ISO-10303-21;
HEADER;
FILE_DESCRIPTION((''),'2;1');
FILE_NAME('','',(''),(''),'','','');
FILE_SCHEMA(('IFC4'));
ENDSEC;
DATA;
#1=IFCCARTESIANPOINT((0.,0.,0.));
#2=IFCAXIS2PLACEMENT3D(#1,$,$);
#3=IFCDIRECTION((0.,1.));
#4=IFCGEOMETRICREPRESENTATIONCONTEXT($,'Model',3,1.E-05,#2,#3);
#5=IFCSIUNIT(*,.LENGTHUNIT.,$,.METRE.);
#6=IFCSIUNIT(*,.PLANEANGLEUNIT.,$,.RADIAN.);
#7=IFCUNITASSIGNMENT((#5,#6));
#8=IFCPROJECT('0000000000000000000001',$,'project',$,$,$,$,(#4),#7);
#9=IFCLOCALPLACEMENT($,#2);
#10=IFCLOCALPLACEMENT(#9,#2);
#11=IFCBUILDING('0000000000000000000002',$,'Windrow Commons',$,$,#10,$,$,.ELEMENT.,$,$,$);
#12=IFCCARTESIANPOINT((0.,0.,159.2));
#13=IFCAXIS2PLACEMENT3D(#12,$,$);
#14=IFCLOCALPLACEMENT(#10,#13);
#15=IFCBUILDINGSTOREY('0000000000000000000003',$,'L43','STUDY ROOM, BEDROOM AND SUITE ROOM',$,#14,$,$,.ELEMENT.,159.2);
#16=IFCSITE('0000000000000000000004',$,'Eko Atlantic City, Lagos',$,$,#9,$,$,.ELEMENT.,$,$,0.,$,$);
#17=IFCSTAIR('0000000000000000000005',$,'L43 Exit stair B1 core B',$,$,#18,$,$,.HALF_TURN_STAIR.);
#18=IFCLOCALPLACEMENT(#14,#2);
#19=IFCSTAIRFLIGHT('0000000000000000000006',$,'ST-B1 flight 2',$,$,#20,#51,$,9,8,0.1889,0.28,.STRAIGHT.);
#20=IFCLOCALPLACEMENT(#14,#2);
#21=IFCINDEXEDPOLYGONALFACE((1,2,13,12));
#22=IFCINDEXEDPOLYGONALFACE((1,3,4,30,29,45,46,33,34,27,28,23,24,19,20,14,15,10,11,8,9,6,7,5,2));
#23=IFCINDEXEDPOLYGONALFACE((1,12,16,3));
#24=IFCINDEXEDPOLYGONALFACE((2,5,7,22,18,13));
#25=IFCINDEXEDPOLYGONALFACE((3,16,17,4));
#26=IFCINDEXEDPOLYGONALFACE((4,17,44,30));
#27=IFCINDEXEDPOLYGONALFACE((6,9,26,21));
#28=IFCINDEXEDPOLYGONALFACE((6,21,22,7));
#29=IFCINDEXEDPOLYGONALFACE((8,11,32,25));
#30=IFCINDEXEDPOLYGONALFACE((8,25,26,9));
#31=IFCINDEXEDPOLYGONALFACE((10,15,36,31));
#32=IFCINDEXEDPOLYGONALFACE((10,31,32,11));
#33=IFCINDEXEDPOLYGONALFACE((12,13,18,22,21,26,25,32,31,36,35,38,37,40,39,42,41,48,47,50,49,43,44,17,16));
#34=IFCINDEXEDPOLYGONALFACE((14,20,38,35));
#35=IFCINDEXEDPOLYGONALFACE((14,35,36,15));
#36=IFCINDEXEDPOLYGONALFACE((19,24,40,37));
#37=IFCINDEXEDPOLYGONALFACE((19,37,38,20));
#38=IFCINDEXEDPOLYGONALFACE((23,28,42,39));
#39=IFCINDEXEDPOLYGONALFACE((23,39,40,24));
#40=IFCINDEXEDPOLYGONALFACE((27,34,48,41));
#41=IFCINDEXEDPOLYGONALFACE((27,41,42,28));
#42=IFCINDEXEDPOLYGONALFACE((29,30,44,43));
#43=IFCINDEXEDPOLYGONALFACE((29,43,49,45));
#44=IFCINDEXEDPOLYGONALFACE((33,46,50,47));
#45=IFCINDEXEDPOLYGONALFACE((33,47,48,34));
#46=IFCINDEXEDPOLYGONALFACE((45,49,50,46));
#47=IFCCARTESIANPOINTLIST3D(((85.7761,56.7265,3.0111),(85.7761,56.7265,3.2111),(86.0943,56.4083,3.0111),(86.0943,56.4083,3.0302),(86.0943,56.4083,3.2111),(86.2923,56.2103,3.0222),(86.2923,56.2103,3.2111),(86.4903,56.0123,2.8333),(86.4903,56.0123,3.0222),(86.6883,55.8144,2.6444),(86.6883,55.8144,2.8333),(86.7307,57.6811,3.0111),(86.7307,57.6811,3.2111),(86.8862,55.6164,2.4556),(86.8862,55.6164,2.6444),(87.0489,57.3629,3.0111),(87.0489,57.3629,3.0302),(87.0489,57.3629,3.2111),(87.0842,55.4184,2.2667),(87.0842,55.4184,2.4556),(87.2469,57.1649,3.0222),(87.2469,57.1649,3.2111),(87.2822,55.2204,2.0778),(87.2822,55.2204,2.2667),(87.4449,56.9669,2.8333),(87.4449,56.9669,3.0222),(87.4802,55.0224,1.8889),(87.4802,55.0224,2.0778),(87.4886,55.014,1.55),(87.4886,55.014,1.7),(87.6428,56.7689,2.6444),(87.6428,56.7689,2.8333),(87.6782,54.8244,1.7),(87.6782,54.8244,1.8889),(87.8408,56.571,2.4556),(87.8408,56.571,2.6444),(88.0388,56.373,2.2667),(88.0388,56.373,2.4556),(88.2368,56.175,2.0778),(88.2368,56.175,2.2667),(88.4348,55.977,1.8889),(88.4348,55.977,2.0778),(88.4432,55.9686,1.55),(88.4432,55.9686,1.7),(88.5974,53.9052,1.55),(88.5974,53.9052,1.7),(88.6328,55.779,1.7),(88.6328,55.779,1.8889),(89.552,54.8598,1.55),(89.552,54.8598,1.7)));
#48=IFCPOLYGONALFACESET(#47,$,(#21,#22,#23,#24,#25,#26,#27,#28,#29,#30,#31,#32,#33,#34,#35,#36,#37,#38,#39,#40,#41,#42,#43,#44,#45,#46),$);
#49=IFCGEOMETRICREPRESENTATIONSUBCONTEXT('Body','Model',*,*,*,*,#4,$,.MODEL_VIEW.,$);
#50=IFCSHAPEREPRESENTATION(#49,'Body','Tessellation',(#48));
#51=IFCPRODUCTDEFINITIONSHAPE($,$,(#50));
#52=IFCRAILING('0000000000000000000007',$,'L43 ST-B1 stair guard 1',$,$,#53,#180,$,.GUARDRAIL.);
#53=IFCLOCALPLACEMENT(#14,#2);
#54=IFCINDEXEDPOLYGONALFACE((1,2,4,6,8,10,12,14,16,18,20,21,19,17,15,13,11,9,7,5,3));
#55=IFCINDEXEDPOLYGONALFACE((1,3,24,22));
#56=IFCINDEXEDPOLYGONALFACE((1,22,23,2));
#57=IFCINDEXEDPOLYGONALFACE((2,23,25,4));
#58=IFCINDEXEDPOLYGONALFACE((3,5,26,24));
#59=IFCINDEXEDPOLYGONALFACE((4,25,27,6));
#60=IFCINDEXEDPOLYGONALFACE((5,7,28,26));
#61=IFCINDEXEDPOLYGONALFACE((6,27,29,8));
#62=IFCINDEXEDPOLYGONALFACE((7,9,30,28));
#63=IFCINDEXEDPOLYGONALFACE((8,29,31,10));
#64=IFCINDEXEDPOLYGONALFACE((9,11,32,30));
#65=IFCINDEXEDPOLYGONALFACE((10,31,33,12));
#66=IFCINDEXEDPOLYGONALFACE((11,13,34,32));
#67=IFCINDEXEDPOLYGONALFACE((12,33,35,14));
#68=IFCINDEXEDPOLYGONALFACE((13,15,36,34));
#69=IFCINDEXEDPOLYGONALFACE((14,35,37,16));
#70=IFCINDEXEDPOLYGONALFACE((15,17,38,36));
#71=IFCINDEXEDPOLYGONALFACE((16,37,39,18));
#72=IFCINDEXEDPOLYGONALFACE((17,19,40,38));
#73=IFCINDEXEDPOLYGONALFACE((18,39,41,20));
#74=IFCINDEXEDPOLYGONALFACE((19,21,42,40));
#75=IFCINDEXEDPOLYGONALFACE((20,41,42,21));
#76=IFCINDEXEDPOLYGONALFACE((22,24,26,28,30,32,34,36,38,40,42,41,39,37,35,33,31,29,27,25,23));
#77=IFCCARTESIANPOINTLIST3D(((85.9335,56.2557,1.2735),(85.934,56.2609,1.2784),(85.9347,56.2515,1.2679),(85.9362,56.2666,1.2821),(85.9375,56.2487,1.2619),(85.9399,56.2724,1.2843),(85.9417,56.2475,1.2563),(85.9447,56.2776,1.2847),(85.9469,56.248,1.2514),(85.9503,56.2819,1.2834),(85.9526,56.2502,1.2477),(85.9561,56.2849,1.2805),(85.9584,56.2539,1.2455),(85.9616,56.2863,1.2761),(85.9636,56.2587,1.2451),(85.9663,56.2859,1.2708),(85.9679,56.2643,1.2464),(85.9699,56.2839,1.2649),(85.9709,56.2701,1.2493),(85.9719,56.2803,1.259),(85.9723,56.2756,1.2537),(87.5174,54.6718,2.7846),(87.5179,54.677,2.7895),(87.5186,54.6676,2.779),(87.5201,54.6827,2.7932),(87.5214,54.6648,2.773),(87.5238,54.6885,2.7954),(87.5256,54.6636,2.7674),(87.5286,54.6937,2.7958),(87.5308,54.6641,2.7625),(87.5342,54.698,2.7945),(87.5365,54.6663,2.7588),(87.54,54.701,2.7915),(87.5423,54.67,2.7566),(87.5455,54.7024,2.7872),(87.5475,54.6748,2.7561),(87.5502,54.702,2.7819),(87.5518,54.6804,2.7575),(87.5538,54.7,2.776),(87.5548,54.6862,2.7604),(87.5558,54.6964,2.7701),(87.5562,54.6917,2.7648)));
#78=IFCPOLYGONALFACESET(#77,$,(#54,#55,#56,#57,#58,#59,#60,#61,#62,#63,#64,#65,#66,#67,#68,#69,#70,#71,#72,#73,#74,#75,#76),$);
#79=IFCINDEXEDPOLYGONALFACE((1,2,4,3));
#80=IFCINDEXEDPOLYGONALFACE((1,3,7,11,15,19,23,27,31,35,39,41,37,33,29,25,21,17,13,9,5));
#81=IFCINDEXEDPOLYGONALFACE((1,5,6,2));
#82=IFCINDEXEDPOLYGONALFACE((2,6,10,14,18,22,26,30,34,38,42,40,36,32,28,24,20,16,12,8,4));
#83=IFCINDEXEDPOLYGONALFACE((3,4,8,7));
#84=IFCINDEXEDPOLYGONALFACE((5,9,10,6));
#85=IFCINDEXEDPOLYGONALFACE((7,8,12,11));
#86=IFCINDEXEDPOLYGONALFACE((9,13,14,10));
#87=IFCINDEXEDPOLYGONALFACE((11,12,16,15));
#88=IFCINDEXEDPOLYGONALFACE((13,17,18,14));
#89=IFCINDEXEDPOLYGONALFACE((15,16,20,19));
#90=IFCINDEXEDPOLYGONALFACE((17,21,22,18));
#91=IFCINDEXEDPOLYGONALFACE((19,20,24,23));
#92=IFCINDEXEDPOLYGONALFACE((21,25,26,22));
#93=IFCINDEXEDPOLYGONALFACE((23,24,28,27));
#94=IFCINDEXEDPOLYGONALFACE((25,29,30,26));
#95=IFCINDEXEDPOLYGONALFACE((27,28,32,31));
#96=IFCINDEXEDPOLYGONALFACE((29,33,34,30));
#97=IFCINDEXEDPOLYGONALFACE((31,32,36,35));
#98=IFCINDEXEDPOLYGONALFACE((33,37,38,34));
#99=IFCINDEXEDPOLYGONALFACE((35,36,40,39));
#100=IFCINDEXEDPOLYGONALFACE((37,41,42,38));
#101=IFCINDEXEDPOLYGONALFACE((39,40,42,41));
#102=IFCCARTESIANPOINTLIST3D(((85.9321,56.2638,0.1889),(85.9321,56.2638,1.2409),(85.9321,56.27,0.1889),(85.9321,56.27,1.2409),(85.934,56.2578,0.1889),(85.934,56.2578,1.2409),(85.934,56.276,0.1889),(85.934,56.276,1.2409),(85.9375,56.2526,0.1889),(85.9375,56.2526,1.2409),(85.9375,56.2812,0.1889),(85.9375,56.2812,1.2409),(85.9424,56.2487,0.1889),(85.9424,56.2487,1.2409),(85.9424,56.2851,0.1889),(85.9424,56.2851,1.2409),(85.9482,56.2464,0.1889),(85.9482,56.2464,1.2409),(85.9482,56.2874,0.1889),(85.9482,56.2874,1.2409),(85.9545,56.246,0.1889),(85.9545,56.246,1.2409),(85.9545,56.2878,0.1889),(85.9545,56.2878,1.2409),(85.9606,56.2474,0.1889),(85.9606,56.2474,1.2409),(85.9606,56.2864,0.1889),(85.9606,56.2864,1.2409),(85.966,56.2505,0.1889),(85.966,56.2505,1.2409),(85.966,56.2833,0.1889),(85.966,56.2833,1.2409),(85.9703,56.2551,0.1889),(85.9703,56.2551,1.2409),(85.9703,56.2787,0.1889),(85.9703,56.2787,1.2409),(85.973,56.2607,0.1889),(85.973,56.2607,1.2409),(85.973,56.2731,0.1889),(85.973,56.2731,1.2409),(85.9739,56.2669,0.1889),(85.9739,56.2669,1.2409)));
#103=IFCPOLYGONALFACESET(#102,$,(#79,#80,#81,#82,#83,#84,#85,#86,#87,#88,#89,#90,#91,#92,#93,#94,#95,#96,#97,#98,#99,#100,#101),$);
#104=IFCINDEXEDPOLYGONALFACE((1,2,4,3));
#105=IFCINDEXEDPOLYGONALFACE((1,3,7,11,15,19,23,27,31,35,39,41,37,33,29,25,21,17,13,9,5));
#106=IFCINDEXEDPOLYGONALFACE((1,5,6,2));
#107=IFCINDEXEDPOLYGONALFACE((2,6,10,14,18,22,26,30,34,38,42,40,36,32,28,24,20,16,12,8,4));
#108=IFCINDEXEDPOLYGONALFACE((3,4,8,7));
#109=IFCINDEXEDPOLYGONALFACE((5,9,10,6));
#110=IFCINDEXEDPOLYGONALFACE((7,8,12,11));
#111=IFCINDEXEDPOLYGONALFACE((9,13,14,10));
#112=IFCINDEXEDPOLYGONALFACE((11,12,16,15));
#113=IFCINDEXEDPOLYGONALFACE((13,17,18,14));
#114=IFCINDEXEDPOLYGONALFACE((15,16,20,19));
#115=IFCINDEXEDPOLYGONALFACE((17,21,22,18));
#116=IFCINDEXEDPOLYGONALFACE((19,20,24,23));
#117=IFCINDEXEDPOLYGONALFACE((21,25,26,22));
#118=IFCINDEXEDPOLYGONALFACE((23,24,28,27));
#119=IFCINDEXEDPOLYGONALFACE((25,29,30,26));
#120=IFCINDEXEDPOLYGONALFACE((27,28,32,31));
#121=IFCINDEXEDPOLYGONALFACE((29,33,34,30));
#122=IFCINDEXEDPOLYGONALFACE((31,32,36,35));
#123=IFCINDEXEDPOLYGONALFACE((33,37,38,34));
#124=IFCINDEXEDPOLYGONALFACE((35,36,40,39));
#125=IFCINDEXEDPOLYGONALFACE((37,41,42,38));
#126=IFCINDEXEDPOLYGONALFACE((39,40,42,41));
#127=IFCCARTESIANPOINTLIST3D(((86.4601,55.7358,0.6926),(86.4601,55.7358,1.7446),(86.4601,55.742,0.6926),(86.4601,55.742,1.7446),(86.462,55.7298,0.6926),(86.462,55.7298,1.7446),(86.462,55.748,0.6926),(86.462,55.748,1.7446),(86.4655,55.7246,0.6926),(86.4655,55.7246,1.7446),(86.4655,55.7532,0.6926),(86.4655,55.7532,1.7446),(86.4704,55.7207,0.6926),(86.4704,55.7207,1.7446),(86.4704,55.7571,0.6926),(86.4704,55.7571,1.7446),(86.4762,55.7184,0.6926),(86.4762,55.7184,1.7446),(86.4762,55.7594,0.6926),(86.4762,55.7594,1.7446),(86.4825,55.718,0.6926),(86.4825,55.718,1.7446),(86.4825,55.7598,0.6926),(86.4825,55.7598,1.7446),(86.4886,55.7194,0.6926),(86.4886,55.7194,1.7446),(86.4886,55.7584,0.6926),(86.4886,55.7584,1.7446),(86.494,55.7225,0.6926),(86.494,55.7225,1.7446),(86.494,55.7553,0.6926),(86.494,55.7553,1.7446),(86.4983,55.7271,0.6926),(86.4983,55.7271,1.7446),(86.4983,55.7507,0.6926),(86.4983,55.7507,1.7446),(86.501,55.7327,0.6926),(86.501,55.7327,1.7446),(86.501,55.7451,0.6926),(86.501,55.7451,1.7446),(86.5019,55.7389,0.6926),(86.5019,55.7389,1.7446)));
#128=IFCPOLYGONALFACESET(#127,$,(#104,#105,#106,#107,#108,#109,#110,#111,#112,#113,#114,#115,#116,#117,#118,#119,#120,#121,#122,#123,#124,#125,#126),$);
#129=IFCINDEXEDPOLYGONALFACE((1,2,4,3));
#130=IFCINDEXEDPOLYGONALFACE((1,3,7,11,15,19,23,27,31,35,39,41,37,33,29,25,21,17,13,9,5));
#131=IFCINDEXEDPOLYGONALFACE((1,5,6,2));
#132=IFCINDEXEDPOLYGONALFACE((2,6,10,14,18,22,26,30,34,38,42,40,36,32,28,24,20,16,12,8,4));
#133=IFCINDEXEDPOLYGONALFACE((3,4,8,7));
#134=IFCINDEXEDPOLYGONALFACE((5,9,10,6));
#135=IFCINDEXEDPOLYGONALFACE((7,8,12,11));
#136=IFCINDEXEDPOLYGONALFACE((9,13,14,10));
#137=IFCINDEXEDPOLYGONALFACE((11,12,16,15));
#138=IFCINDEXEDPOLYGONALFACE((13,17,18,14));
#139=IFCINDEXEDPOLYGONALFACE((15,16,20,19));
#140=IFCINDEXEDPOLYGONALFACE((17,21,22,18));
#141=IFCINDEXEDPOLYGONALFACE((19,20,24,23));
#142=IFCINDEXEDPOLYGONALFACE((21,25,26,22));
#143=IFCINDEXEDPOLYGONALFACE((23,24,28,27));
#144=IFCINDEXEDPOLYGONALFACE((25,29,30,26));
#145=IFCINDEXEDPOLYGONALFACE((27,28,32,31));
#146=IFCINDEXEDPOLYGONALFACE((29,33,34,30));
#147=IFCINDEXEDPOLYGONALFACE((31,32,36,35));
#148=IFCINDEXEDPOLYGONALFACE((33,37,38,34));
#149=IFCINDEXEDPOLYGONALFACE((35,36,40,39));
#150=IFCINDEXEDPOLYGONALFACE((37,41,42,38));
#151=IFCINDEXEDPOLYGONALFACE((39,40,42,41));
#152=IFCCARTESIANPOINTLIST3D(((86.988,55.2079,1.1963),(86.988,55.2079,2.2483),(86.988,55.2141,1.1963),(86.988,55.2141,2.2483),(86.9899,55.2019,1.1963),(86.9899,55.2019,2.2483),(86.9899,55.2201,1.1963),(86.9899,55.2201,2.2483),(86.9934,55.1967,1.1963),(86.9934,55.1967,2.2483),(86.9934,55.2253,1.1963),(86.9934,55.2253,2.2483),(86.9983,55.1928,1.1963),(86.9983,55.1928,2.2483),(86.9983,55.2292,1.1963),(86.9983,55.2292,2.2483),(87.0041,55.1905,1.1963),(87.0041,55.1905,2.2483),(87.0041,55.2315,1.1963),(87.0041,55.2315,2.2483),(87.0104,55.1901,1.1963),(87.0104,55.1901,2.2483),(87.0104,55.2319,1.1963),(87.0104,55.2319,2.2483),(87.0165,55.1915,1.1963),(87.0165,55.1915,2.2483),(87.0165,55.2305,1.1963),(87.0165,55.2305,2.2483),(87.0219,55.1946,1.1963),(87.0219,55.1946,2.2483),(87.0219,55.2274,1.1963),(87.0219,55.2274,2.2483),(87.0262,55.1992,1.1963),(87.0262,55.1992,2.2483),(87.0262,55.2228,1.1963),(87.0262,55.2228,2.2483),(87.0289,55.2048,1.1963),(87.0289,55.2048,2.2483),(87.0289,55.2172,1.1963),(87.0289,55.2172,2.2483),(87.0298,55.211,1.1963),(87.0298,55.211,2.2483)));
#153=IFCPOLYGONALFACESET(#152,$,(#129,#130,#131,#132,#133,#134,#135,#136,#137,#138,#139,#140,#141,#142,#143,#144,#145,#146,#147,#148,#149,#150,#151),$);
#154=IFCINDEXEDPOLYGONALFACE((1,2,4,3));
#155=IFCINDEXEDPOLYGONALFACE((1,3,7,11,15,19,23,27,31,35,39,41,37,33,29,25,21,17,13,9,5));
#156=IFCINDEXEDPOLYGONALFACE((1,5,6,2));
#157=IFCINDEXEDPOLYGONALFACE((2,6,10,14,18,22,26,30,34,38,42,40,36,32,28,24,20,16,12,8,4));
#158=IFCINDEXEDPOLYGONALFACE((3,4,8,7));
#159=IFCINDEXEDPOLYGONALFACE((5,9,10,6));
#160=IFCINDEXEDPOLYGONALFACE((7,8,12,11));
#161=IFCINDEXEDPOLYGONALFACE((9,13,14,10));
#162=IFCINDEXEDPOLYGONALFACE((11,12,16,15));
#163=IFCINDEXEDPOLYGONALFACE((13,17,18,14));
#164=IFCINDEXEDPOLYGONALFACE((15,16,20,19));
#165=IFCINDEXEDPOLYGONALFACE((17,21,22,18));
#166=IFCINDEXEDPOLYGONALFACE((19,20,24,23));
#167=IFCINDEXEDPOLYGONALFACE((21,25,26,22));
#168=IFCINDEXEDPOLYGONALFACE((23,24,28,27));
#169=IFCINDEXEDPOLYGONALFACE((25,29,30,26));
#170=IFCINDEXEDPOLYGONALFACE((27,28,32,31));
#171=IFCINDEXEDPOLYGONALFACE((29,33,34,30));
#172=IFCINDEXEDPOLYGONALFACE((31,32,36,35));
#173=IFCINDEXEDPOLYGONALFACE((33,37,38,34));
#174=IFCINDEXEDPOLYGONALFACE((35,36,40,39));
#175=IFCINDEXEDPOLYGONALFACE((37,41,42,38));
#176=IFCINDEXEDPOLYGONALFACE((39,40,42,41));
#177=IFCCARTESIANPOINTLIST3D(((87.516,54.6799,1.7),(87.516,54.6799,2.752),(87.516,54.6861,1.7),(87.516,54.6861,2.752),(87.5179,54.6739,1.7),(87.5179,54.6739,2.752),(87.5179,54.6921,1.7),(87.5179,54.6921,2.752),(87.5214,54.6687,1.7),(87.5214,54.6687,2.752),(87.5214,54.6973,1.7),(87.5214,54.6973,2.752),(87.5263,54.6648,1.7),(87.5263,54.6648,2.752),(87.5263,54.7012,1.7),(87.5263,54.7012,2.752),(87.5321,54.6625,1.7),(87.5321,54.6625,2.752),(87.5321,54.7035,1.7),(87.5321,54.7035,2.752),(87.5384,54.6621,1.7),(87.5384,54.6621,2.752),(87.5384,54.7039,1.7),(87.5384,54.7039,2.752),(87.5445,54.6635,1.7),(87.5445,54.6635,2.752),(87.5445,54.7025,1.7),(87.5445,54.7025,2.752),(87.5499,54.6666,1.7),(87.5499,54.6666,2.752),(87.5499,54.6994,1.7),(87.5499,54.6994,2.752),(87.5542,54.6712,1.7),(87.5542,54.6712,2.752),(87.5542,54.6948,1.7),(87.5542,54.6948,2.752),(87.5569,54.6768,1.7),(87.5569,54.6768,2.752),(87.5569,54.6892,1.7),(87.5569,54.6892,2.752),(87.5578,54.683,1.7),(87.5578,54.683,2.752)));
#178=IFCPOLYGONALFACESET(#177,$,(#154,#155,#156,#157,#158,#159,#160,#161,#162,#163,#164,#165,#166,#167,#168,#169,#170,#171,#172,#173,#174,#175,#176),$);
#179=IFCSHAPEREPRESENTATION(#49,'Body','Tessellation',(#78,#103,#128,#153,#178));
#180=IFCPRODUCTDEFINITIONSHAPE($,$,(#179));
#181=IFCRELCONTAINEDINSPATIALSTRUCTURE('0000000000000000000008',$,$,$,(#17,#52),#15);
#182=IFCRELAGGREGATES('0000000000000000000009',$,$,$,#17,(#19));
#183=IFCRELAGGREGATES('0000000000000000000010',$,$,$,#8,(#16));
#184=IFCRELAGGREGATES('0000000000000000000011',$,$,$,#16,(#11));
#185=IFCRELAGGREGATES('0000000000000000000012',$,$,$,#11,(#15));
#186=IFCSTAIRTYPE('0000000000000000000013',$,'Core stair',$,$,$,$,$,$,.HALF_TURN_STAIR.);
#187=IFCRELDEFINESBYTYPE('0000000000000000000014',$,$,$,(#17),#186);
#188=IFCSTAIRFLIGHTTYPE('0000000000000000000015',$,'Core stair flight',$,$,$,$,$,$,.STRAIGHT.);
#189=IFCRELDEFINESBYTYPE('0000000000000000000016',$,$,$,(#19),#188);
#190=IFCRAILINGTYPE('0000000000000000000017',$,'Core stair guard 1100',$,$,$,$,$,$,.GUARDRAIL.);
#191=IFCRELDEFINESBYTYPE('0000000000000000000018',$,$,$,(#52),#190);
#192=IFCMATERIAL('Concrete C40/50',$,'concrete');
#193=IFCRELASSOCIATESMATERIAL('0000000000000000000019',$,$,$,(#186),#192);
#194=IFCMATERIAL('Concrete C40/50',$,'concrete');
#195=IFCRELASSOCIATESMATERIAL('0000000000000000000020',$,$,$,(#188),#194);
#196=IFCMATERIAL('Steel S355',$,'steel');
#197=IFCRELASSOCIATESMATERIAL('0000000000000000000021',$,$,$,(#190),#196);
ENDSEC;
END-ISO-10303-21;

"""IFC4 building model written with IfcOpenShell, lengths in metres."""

from ifc_helpers import new_model, si_unit, direction, frame, origin, origin_2d, place, context, subcontext, project, spatial, polyline, circle, outline, extrude, material, type_object, element, aggregate, save


model = new_model("IFC4")

# Units and contexts
model_context = context("Model", 3, precision=1e-05, world=origin(), true_north=direction((0.0, 1.0)))
body_context = subcontext(model_context, "Body", "Model", "MODEL_VIEW")
ifc_project = project(units=[si_unit("LENGTHUNIT", "METRE"), si_unit("PLANEANGLEUNIT", "RADIAN")], contexts=[model_context])

# Site, building, storey
site_placement = place(None, origin())
site = spatial("IfcSite", under=ifc_project, at=site_placement, Name="Eko Atlantic City, Lagos", CompositionType="ELEMENT", RefElevation=0.0)
building_placement = place(site_placement, origin())
building = spatial("IfcBuilding", under=site, at=building_placement, Name="Windrow Commons", CompositionType="ELEMENT")
storey_placement = place(building_placement, frame((0.0, 0.0, 159.2)))
storey = spatial("IfcBuildingStorey", under=building, at=storey_placement, Name="L43", Description="STUDY ROOM, BEDROOM AND SUITE ROOM", CompositionType="ELEMENT", Elevation=159.2)

# Stair, stair flight
ifc_material_1 = material(Name="Concrete C40/50", Category="concrete")
stair_type = type_object("IfcStairType", Name="Core stair", PredefinedType="HALF_TURN_STAIR", material=ifc_material_1)
stair_placement = place(storey_placement, origin())
stair = element("IfcStair", 1, at=stair_placement, inside=storey, type_object=stair_type, Name="L43 Exit stair B1 core B", PredefinedType="HALF_TURN_STAIR")
ifc_material_2 = material(Name="Concrete C40/50", Category="concrete")
stair_flight_type = type_object("IfcStairFlightType", Name="Core stair flight", PredefinedType="STRAIGHT", material=ifc_material_2)
stair_flight_1_placement = place(storey_placement, frame((88.1555, 55.3017, 1.7), z_axis=(0.0, 0.0, 1.0), x_axis=(-0.707107, 0.707107, 0.0)))
stair_flight_1 = element("IfcStairFlight", 2, at=stair_flight_1_placement, type_object=stair_flight_type, Name="ST-B1 flight 2", NumberOfRisers=9, NumberOfTreads=8, PredefinedType="STRAIGHT", RiserHeight=0.1889, TreadLength=0.28, context=body_context, shape_type="SweptSolid", body=[
    extrude(outline(polyline([(-1.3, -0.15), (-1.3, 0.0), (0.0, 0.0), (0.0, 0.1889), (0.28, 0.1889), (0.28, 0.3778), (0.56, 0.3778), (0.56, 0.5667), (0.84, 0.5667), (0.84, 0.7556), (1.12, 0.7556), (1.12, 0.9444), (1.4, 0.9444), (1.4, 1.1333), (1.68, 1.1333), (1.68, 1.3222), (1.96, 1.3222), (1.96, 1.5111), (2.24, 1.5111), (2.69, 1.5111), (2.69, 1.3111), (2.24, 1.3111), (2.24, 1.3302), (0.2682, 0.0), (0.2682, -0.15), (-1.3, -0.15)])), frame((0.0, 0.675, 0.0), z_axis=(0.0, -1.0, 0.0), x_axis=(1.0, 0.0, 0.0)), (0.0, 0.0, 1.0), 1.35),
])
aggregate(stair, [stair_flight_1])

# Railing
ifc_material_3 = material(Name="Steel S355", Category="steel")
railing_type_1 = type_object("IfcRailingType", Name="Core stair guard 1100", PredefinedType="GUARDRAIL", material=ifc_material_3)
railing_1_placement = place(storey_placement, frame((85.9529, 56.2669, 0.1889)))
element("IfcRailing", 3, at=railing_1_placement, inside=storey, type_object=railing_type_1, Name="L43 ST-B1 stair guard 1", PredefinedType="GUARDRAIL", context=body_context, shape_type="SweptSolid", body=[
    extrude(circle(Radius=0.024, at=origin_2d()), frame((0.0, 0.0, 1.076), z_axis=(0.586191, -0.586191, 0.559249), x_axis=(0.707107, 0.707107, 0.0)), (0.0, 0.0, 1.0), 2.702),
    extrude(circle(Radius=0.021, at=origin_2d()), origin(), (0.0, 0.0, 1.0), 1.052),
    extrude(circle(Radius=0.021, at=origin_2d()), frame((0.528, -0.528, 0.5037)), (0.0, 0.0, 1.0), 1.052),
    extrude(circle(Radius=0.021, at=origin_2d()), frame((1.0559, -1.0559, 1.0074)), (0.0, 0.0, 1.0), 1.052),
    extrude(circle(Radius=0.021, at=origin_2d()), frame((1.5839, -1.5839, 1.5111)), (0.0, 0.0, 1.0), 1.052),
])

save(model, "model.ifc")
